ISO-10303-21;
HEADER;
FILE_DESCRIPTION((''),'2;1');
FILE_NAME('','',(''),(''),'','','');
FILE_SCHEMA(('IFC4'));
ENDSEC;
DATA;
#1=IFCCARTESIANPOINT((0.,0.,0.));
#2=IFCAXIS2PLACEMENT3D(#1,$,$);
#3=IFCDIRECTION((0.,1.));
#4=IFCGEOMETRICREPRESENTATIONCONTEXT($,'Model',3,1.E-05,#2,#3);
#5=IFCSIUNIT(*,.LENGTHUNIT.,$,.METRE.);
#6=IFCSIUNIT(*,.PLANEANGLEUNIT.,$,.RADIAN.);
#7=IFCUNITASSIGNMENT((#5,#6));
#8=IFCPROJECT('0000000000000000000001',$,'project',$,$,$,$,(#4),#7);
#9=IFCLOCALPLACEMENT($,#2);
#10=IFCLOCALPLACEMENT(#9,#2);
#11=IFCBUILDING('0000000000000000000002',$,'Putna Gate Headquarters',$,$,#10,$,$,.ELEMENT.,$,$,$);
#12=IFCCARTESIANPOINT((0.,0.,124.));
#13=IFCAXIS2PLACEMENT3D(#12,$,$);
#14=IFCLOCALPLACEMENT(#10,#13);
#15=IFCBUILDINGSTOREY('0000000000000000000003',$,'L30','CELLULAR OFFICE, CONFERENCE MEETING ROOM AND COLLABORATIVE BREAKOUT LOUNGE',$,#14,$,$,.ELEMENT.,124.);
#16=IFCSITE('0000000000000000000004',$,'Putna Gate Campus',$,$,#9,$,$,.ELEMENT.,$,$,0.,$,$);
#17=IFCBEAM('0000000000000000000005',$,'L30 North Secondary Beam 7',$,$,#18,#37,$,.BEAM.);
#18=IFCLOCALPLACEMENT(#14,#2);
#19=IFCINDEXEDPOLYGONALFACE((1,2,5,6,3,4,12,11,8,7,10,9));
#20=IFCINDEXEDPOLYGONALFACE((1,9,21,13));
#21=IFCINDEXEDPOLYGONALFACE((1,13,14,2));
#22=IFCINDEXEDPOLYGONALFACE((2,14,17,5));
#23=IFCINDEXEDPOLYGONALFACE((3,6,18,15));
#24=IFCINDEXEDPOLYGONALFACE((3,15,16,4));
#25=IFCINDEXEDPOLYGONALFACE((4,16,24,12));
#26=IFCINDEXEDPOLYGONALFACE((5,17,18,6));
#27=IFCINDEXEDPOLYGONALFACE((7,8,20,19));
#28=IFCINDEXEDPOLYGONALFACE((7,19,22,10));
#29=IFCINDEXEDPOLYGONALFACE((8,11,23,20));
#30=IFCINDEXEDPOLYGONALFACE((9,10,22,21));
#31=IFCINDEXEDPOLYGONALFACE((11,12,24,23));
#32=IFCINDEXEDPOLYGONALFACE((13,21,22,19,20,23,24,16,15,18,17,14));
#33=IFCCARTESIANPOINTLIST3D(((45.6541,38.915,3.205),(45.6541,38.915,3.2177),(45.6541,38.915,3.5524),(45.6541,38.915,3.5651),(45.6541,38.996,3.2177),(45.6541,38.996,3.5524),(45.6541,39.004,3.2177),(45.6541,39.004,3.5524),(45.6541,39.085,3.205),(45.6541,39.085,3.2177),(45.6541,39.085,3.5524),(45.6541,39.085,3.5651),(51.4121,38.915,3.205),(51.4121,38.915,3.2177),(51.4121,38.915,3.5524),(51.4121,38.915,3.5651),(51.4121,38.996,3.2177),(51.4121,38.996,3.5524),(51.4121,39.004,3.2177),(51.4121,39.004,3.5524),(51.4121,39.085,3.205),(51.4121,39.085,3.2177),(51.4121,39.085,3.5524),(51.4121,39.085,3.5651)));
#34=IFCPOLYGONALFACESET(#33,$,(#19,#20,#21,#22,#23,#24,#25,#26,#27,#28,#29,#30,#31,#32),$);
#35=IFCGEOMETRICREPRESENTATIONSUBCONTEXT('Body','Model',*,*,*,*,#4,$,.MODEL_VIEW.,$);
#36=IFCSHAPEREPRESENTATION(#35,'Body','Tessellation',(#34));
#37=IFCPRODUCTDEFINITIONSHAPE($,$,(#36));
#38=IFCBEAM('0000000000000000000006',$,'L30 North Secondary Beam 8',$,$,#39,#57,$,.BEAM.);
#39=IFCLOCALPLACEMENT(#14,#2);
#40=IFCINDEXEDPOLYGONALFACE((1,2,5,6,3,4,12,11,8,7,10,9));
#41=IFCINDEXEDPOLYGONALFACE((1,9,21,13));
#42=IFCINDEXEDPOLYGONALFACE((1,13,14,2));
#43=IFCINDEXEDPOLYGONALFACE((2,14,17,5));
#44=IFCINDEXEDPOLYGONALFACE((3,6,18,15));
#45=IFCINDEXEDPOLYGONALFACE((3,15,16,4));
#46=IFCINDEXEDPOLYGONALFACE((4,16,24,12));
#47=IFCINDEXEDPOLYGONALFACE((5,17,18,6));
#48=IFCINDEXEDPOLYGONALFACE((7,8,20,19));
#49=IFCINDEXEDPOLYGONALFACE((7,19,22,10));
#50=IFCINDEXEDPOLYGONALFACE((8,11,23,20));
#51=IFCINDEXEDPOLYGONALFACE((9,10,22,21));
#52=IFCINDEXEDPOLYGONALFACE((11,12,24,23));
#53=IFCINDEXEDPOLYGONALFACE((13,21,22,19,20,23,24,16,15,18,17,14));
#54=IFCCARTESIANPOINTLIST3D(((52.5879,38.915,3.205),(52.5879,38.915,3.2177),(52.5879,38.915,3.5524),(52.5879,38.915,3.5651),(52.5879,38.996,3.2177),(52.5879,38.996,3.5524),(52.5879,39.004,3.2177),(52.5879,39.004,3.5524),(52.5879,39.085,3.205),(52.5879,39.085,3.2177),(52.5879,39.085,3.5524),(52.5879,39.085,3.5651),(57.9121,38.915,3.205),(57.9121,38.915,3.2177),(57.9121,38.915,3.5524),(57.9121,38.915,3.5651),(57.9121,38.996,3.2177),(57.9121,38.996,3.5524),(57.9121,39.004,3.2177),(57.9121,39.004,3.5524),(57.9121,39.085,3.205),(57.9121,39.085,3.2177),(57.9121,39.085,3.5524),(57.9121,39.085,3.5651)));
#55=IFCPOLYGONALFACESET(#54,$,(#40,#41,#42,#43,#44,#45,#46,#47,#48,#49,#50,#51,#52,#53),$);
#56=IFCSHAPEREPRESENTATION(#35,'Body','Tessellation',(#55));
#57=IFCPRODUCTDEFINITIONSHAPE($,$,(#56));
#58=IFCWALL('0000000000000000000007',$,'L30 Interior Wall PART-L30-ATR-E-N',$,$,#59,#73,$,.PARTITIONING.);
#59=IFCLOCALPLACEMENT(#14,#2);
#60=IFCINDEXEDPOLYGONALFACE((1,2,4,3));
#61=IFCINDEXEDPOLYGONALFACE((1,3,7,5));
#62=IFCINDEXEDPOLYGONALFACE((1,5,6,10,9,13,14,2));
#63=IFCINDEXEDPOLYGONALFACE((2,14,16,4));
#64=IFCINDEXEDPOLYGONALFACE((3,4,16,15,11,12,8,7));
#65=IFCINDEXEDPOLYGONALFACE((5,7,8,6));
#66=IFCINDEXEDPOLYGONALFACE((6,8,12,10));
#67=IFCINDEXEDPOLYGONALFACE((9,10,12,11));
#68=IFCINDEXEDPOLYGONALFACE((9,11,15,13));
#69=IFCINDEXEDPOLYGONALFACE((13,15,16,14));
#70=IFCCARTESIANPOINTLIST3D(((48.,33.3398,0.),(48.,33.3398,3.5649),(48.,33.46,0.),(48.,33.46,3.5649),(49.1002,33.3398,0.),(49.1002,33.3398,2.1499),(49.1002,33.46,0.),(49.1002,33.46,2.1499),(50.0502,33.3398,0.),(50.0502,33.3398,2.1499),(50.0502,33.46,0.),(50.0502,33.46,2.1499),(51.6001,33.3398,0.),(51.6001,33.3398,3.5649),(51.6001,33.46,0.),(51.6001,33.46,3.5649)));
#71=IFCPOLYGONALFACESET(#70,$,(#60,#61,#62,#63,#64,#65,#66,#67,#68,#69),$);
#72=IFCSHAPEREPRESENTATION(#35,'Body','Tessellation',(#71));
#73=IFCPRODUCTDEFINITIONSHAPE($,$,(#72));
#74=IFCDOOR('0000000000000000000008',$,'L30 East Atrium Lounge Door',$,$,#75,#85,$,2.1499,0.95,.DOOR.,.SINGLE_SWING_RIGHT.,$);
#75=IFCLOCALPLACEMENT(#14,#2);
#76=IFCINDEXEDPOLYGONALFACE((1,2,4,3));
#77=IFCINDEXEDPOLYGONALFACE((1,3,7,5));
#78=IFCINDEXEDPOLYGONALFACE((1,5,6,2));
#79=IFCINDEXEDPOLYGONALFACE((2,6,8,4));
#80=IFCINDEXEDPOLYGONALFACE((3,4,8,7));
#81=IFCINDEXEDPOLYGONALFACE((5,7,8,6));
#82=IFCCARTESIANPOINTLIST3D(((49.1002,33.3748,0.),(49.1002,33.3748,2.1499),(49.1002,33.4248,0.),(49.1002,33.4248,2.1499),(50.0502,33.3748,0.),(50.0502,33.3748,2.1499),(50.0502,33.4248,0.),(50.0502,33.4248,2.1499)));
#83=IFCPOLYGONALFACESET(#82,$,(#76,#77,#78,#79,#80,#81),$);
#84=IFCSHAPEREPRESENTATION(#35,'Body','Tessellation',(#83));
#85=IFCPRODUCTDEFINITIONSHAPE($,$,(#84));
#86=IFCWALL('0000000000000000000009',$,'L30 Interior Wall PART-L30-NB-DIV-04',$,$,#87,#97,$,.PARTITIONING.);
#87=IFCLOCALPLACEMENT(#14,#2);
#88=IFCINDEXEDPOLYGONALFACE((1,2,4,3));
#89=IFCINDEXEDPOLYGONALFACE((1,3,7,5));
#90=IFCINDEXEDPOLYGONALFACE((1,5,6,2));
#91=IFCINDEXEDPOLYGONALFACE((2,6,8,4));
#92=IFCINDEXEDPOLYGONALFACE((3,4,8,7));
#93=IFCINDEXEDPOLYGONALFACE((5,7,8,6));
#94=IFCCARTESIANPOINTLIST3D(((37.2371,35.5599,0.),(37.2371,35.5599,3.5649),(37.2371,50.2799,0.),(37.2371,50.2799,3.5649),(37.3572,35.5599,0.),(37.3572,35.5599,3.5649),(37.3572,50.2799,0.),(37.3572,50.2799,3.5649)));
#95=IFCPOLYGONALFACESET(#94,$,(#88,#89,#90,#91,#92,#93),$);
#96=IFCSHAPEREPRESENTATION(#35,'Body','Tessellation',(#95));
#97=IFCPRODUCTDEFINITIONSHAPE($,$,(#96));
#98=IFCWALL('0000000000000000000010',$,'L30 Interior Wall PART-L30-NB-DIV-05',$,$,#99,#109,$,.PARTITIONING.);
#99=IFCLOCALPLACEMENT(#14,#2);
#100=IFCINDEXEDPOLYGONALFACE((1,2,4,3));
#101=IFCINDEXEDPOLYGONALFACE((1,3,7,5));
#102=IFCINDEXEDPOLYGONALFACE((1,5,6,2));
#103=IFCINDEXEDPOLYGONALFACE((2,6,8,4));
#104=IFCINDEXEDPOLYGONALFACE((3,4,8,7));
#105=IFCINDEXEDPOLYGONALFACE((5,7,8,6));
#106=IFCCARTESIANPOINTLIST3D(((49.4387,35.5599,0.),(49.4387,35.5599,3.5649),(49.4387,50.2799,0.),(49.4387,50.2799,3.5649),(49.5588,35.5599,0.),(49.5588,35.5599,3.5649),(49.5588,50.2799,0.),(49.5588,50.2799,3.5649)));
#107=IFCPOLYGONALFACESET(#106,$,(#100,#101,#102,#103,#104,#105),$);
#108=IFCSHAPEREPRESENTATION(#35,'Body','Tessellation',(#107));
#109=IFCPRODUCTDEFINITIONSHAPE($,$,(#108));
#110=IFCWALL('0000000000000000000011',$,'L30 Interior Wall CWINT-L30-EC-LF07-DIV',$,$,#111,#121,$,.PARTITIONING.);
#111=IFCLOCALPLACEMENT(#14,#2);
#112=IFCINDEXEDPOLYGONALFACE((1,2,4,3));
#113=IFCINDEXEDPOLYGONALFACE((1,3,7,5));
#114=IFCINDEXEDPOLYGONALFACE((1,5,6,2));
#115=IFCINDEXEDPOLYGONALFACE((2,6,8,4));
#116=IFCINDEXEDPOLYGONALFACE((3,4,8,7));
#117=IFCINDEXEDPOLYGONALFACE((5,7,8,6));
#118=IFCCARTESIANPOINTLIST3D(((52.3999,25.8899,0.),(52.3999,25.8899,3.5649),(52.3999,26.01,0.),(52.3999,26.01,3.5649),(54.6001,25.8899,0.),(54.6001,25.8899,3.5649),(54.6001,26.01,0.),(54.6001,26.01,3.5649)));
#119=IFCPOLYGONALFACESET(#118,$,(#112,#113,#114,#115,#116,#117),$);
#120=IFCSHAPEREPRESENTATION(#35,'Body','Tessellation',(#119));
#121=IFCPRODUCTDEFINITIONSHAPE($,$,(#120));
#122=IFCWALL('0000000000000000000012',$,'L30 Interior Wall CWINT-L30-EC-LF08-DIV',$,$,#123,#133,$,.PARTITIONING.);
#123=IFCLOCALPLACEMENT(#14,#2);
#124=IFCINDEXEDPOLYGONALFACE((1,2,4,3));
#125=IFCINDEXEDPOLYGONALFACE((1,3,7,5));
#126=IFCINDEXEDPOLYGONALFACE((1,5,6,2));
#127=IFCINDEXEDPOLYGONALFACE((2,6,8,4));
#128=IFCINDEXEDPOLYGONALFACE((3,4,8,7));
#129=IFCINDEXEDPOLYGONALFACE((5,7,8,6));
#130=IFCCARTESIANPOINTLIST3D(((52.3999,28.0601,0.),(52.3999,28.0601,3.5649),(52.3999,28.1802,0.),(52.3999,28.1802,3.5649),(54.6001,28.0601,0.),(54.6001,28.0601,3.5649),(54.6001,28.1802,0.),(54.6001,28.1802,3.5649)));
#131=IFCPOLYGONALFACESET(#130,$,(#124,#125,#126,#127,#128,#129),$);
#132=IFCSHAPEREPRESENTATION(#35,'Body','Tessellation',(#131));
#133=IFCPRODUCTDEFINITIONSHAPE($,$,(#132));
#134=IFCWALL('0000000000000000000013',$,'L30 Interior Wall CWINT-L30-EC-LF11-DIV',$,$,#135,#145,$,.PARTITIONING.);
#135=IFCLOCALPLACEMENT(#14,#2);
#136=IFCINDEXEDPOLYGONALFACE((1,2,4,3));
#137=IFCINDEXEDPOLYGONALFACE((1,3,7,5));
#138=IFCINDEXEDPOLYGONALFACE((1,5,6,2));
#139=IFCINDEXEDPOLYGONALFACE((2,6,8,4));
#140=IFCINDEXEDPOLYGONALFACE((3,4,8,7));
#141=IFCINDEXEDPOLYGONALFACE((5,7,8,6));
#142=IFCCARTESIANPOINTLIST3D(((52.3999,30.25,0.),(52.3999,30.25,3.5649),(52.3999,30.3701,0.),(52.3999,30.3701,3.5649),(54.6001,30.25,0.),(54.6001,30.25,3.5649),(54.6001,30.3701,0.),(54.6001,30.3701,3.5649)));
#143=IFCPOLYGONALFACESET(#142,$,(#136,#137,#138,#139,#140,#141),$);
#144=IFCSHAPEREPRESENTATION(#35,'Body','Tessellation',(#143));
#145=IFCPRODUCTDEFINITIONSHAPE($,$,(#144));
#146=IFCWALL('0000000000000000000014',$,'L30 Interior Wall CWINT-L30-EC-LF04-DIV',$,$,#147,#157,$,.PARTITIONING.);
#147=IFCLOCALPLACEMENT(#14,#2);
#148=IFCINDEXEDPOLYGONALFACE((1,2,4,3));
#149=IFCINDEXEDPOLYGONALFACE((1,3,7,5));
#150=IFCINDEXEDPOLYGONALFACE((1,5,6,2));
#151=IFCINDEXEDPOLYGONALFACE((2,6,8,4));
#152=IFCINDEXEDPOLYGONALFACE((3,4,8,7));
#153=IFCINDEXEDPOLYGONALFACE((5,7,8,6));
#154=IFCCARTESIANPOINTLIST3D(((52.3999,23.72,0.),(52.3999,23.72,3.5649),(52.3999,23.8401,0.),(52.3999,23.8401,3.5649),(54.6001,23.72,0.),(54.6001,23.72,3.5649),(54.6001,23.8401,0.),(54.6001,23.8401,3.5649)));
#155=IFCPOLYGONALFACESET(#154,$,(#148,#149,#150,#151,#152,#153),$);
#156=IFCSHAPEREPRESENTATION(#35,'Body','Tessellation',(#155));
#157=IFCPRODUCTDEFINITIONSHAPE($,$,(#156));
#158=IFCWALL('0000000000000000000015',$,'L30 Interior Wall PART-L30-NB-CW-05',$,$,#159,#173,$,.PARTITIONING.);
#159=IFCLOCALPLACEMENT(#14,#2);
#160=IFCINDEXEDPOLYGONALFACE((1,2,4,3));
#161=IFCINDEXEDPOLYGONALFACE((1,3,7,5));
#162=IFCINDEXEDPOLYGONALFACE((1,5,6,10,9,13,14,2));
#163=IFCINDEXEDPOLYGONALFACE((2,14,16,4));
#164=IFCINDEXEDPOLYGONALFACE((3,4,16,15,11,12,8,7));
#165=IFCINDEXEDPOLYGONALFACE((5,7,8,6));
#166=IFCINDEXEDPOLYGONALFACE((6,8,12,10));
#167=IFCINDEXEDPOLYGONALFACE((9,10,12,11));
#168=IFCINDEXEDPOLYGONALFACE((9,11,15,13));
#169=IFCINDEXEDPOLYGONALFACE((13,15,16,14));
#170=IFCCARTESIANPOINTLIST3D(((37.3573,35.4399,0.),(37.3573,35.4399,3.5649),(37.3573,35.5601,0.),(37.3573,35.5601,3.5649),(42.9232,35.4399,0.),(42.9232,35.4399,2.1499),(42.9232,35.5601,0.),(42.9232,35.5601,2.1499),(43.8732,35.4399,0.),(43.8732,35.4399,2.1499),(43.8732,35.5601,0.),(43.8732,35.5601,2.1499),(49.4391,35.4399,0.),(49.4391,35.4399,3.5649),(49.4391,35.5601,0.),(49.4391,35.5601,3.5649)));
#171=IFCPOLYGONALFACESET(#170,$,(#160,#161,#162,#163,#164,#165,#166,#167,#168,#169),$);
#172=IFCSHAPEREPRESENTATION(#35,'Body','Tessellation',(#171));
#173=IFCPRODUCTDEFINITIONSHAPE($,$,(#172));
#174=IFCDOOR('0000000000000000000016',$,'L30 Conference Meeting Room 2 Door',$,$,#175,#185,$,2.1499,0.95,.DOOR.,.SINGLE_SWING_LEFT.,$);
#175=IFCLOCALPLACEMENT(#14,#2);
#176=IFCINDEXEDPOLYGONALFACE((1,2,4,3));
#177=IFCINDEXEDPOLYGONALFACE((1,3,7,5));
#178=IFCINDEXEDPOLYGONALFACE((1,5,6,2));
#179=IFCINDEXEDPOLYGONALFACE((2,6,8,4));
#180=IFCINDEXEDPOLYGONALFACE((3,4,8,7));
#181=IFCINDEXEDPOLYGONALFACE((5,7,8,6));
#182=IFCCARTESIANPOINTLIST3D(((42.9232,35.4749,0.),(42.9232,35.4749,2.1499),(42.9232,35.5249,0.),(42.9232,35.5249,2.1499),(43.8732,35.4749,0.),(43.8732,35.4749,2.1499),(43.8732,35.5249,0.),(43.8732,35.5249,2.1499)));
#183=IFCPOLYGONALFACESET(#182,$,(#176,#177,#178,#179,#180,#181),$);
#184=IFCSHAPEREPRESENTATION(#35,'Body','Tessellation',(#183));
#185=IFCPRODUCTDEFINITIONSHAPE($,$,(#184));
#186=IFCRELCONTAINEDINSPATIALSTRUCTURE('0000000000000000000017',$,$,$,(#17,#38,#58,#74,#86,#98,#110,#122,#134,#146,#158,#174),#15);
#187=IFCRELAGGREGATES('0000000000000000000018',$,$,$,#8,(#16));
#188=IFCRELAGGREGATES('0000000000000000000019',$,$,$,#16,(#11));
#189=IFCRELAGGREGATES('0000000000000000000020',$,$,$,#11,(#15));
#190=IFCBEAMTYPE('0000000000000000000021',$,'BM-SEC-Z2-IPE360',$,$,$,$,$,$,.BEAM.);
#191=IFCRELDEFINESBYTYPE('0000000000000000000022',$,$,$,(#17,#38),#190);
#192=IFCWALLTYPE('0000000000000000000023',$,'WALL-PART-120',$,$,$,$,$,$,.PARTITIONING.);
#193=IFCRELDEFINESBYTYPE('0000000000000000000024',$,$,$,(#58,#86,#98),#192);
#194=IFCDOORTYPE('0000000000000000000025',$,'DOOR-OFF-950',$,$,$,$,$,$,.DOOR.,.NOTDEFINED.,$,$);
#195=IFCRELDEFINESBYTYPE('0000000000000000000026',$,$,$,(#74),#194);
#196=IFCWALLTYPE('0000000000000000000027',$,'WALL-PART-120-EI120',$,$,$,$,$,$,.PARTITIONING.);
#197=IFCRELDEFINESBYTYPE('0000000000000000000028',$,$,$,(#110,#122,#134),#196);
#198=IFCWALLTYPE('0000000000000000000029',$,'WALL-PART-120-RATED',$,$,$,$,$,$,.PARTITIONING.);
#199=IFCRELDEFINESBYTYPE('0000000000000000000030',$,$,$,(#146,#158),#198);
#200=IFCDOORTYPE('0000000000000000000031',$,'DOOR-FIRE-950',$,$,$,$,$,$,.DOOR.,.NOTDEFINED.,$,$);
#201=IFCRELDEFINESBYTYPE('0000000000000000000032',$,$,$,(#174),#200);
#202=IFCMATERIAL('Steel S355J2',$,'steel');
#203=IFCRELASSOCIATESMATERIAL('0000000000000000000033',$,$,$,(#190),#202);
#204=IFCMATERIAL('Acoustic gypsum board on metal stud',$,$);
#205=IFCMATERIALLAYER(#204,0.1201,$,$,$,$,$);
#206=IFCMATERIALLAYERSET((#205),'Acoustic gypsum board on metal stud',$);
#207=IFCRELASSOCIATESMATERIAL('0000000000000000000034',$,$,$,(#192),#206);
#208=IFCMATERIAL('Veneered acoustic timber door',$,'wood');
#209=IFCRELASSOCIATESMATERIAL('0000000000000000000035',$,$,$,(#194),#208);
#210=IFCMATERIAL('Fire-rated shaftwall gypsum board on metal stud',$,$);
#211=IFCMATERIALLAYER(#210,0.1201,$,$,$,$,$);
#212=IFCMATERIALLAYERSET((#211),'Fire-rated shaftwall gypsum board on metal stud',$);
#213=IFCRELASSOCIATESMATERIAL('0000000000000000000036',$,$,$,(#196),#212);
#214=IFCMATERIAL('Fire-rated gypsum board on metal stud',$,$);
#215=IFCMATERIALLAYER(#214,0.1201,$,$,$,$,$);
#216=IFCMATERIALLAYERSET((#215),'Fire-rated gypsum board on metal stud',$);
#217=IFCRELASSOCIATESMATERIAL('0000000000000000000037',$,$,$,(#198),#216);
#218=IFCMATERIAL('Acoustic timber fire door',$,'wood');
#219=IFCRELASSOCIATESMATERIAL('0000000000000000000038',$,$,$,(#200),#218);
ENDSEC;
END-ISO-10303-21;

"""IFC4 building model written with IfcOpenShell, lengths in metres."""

from ifc_helpers import new_model, si_unit, direction, frame, frame_2d, origin, origin_2d, place, context, subcontext, project, spatial, rectangle, i_section, extrude, material, layer, layer_set, material_profile, profile_set, type_object, element, fill, save


model = new_model("IFC4")

# Units and contexts
model_context = context("Model", 3, precision=1e-05, world=origin(), true_north=direction((0.0, 1.0)))
body_context = subcontext(model_context, "Body", "Model", "MODEL_VIEW")
ifc_project = project(units=[si_unit("LENGTHUNIT", "METRE"), si_unit("PLANEANGLEUNIT", "RADIAN")], contexts=[model_context])

# Site, building, storey
site_placement = place(None, origin())
site = spatial("IfcSite", under=ifc_project, at=site_placement, Name="Putna Gate Campus", CompositionType="ELEMENT", RefElevation=0.0)
building_placement = place(site_placement, origin())
building = spatial("IfcBuilding", under=site, at=building_placement, Name="Putna Gate Headquarters", CompositionType="ELEMENT")
storey_placement = place(building_placement, frame((0.0, 0.0, 124.0)))
storey = spatial("IfcBuildingStorey", under=building, at=storey_placement, Name="L30", Description="CELLULAR OFFICE, CONFERENCE MEETING ROOM AND COLLABORATIVE BREAKOUT LOUNGE", CompositionType="ELEMENT", Elevation=124.0)

# Beams
ifc_material_1 = material(Name="Steel S355J2", Category="steel")
ifc_material_profile_1 = material_profile(ifc_material_1, i_section(OverallWidth=0.1699, OverallDepth=0.3601, WebThickness=0.0081, FlangeThickness=0.0127, at=origin_2d()), Name="Steel S355J2")
ifc_profile_set_1 = profile_set([ifc_material_profile_1], Name="Steel S355J2")
beam_type_1 = type_object("IfcBeamType", Name="BM-SEC-Z2-IPE360", PredefinedType="BEAM", material=ifc_profile_set_1)
beam_1_placement = place(storey_placement, frame((45.6541, 39.0, 3.385), z_axis=(1.0, 0.0, 0.0), x_axis=(0.0, 1.0, 0.0)))
element("IfcBeam", 1, at=beam_1_placement, inside=storey, type_object=beam_type_1, Name="L30 North Secondary Beam 7", PredefinedType="BEAM", context=body_context, shape_type="SweptSolid", body=[
    extrude(i_section(OverallWidth=0.1699, OverallDepth=0.3601, WebThickness=0.0081, FlangeThickness=0.0127, at=origin_2d()), origin(), (0.0, 0.0, 1.0), 5.7581),
])
beam_2_placement = place(storey_placement, frame((52.5879, 39.0, 3.385), z_axis=(1.0, 0.0, 0.0), x_axis=(0.0, 1.0, 0.0)))
element("IfcBeam", 2, at=beam_2_placement, inside=storey, type_object=beam_type_1, Name="L30 North Secondary Beam 8", PredefinedType="BEAM", context=body_context, shape_type="SweptSolid", body=[
    extrude(i_section(OverallWidth=0.1699, OverallDepth=0.3601, WebThickness=0.0081, FlangeThickness=0.0127, at=origin_2d()), origin(), (0.0, 0.0, 1.0), 5.3242),
])

# Wall, opening, door
ifc_material_2 = material(Name="Acoustic gypsum board on metal stud")
ifc_layer_1 = layer(ifc_material_2, 0.1201)
ifc_layer_set_1 = layer_set([ifc_layer_1], Name="Acoustic gypsum board on metal stud")
wall_type_1 = type_object("IfcWallType", Name="WALL-PART-120", PredefinedType="PARTITIONING", material=ifc_layer_set_1)
wall_1_placement = place(storey_placement, frame((48.0, 33.3999, 0.0), z_axis=(0.0, 0.0, 1.0), x_axis=(1.0, 0.0, 0.0)))
wall_1 = element("IfcWall", 3, at=wall_1_placement, inside=storey, type_object=wall_type_1, Name="L30 Interior Wall PART-L30-ATR-E-N", PredefinedType="PARTITIONING", context=body_context, shape_type="SweptSolid", body=[
    extrude(rectangle(XDim=3.6001, YDim=0.1201, at=frame_2d((1.8, 0.0))), origin(), (0.0, 0.0, 1.0), 3.5649),
])
opening_1_placement = place(wall_1_placement, frame((1.1001, 0.0, 0.0)))
opening_1 = element("IfcOpeningElement", 4, at=opening_1_placement, cuts=wall_1, PredefinedType="OPENING", context=body_context, shape_type="SweptSolid", body=[
    extrude(rectangle(XDim=0.95, YDim=2.1499, at=frame_2d((0.4751, 1.075))), frame((0.0, 0.0701, 0.0), z_axis=(0.0, -1.0, 0.0), x_axis=(1.0, 0.0, 0.0)), (0.0, 0.0, 1.0), 0.1401),
])
ifc_material_3 = material(Name="Veneered acoustic timber door", Category="wood")
door_type_1 = type_object("IfcDoorType", Name="DOOR-OFF-950", OperationType="NOTDEFINED", PredefinedType="DOOR", material=ifc_material_3)
door_1_placement = place(opening_1_placement, origin())
door_1 = element("IfcDoor", 5, at=door_1_placement, inside=storey, type_object=door_type_1, Name="L30 East Atrium Lounge Door", OperationType="SINGLE_SWING_RIGHT", OverallHeight=2.1499, OverallWidth=0.95, PredefinedType="DOOR", context=body_context, shape_type="SweptSolid", body=[
    extrude(rectangle(XDim=0.95, YDim=2.1499, at=frame_2d((0.4751, 1.075))), frame((0.0, 0.0249, 0.0), z_axis=(0.0, -1.0, 0.0), x_axis=(1.0, 0.0, 0.0)), (0.0, 0.0, 1.0), 0.05),
])
fill(opening_1, door_1)

# Walls
for number, where, z_axis, x_axis, name in (
    (6, (37.2971, 35.5601, 0.0), (0.0, 0.0, 1.0), (0.0, 1.0, 0.0), "L30 Interior Wall PART-L30-NB-DIV-04"),
    (7, (49.4988, 35.5601, 0.0), (0.0, 0.0, 1.0), (0.0, 1.0, 0.0), "L30 Interior Wall PART-L30-NB-DIV-05"),
):
    element("IfcWall", number, at=place(storey_placement, frame(where, z_axis=z_axis, x_axis=x_axis)), inside=storey, type_object=wall_type_1, Name=name, PredefinedType="PARTITIONING", context=body_context, shape_type="SweptSolid", body=[
        extrude(rectangle(XDim=14.72, YDim=0.1201, at=frame_2d((7.3599, 0.0))), origin(), (0.0, 0.0, 1.0), 3.5649),
    ])
ifc_material_4 = material(Name="Fire-rated shaftwall gypsum board on metal stud")
ifc_layer_2 = layer(ifc_material_4, 0.1201)
ifc_layer_set_2 = layer_set([ifc_layer_2], Name="Fire-rated shaftwall gypsum board on metal stud")
wall_type_2 = type_object("IfcWallType", Name="WALL-PART-120-EI120", PredefinedType="PARTITIONING", material=ifc_layer_set_2)
for number, where, z_axis, x_axis, name in (
    (8, (52.3999, 25.95, 0.0), (0.0, 0.0, 1.0), (1.0, 0.0, 0.0), "L30 Interior Wall CWINT-L30-EC-LF07-DIV"),
    (9, (52.3999, 28.1201, 0.0), (0.0, 0.0, 1.0), (1.0, 0.0, 0.0), "L30 Interior Wall CWINT-L30-EC-LF08-DIV"),
    (10, (52.3999, 30.3101, 0.0), (0.0, 0.0, 1.0), (1.0, 0.0, 0.0), "L30 Interior Wall CWINT-L30-EC-LF11-DIV"),
):
    element("IfcWall", number, at=place(storey_placement, frame(where, z_axis=z_axis, x_axis=x_axis)), inside=storey, type_object=wall_type_2, Name=name, PredefinedType="PARTITIONING", context=body_context, shape_type="SweptSolid", body=[
        extrude(rectangle(XDim=2.2002, YDim=0.1201, at=frame_2d((1.1001, 0.0))), origin(), (0.0, 0.0, 1.0), 3.5649),
    ])
ifc_material_5 = material(Name="Fire-rated gypsum board on metal stud")
ifc_layer_3 = layer(ifc_material_5, 0.1201)
ifc_layer_set_3 = layer_set([ifc_layer_3], Name="Fire-rated gypsum board on metal stud")
wall_type_3 = type_object("IfcWallType", Name="WALL-PART-120-RATED", PredefinedType="PARTITIONING", material=ifc_layer_set_3)
wall_2_placement = place(storey_placement, frame((52.3999, 23.78, 0.0), z_axis=(0.0, 0.0, 1.0), x_axis=(1.0, 0.0, 0.0)))
element("IfcWall", 11, at=wall_2_placement, inside=storey, type_object=wall_type_3, Name="L30 Interior Wall CWINT-L30-EC-LF04-DIV", PredefinedType="PARTITIONING", context=body_context, shape_type="SweptSolid", body=[
    extrude(rectangle(XDim=2.2002, YDim=0.1201, at=frame_2d((1.1001, 0.0))), origin(), (0.0, 0.0, 1.0), 3.5649),
])

# Wall, opening, door
wall_3_placement = place(storey_placement, frame((37.3572, 35.5, 0.0), z_axis=(0.0, 0.0, 1.0), x_axis=(1.0, 0.0, 0.0)))
wall_3 = element("IfcWall", 12, at=wall_3_placement, inside=storey, type_object=wall_type_3, Name="L30 Interior Wall PART-L30-NB-CW-05", PredefinedType="PARTITIONING", context=body_context, shape_type="SweptSolid", body=[
    extrude(rectangle(XDim=12.0818, YDim=0.1201, at=frame_2d((6.041, 0.0))), origin(), (0.0, 0.0, 1.0), 3.5649),
])
opening_2_placement = place(wall_3_placement, frame((5.5659, 0.0, 0.0)))
opening_2 = element("IfcOpeningElement", 13, at=opening_2_placement, cuts=wall_3, PredefinedType="OPENING", context=body_context, shape_type="SweptSolid", body=[
    extrude(rectangle(XDim=0.95, YDim=2.1499, at=frame_2d((0.4751, 1.075))), frame((0.0, 0.0701, 0.0), z_axis=(0.0, -1.0, 0.0), x_axis=(1.0, 0.0, 0.0)), (0.0, 0.0, 1.0), 0.1401),
])
ifc_material_6 = material(Name="Acoustic timber fire door", Category="wood")
door_type_2 = type_object("IfcDoorType", Name="DOOR-FIRE-950", OperationType="NOTDEFINED", PredefinedType="DOOR", material=ifc_material_6)
door_2_placement = place(opening_2_placement, origin())
door_2 = element("IfcDoor", 14, at=door_2_placement, inside=storey, type_object=door_type_2, Name="L30 Conference Meeting Room 2 Door", OperationType="SINGLE_SWING_LEFT", OverallHeight=2.1499, OverallWidth=0.95, PredefinedType="DOOR", context=body_context, shape_type="SweptSolid", body=[
    extrude(rectangle(XDim=0.95, YDim=2.1499, at=frame_2d((0.4751, 1.075))), frame((0.0, 0.0249, 0.0), z_axis=(0.0, -1.0, 0.0), x_axis=(1.0, 0.0, 0.0)), (0.0, 0.0, 1.0), 0.05),
])
fill(opening_2, door_2)

save(model, "model.ifc")
